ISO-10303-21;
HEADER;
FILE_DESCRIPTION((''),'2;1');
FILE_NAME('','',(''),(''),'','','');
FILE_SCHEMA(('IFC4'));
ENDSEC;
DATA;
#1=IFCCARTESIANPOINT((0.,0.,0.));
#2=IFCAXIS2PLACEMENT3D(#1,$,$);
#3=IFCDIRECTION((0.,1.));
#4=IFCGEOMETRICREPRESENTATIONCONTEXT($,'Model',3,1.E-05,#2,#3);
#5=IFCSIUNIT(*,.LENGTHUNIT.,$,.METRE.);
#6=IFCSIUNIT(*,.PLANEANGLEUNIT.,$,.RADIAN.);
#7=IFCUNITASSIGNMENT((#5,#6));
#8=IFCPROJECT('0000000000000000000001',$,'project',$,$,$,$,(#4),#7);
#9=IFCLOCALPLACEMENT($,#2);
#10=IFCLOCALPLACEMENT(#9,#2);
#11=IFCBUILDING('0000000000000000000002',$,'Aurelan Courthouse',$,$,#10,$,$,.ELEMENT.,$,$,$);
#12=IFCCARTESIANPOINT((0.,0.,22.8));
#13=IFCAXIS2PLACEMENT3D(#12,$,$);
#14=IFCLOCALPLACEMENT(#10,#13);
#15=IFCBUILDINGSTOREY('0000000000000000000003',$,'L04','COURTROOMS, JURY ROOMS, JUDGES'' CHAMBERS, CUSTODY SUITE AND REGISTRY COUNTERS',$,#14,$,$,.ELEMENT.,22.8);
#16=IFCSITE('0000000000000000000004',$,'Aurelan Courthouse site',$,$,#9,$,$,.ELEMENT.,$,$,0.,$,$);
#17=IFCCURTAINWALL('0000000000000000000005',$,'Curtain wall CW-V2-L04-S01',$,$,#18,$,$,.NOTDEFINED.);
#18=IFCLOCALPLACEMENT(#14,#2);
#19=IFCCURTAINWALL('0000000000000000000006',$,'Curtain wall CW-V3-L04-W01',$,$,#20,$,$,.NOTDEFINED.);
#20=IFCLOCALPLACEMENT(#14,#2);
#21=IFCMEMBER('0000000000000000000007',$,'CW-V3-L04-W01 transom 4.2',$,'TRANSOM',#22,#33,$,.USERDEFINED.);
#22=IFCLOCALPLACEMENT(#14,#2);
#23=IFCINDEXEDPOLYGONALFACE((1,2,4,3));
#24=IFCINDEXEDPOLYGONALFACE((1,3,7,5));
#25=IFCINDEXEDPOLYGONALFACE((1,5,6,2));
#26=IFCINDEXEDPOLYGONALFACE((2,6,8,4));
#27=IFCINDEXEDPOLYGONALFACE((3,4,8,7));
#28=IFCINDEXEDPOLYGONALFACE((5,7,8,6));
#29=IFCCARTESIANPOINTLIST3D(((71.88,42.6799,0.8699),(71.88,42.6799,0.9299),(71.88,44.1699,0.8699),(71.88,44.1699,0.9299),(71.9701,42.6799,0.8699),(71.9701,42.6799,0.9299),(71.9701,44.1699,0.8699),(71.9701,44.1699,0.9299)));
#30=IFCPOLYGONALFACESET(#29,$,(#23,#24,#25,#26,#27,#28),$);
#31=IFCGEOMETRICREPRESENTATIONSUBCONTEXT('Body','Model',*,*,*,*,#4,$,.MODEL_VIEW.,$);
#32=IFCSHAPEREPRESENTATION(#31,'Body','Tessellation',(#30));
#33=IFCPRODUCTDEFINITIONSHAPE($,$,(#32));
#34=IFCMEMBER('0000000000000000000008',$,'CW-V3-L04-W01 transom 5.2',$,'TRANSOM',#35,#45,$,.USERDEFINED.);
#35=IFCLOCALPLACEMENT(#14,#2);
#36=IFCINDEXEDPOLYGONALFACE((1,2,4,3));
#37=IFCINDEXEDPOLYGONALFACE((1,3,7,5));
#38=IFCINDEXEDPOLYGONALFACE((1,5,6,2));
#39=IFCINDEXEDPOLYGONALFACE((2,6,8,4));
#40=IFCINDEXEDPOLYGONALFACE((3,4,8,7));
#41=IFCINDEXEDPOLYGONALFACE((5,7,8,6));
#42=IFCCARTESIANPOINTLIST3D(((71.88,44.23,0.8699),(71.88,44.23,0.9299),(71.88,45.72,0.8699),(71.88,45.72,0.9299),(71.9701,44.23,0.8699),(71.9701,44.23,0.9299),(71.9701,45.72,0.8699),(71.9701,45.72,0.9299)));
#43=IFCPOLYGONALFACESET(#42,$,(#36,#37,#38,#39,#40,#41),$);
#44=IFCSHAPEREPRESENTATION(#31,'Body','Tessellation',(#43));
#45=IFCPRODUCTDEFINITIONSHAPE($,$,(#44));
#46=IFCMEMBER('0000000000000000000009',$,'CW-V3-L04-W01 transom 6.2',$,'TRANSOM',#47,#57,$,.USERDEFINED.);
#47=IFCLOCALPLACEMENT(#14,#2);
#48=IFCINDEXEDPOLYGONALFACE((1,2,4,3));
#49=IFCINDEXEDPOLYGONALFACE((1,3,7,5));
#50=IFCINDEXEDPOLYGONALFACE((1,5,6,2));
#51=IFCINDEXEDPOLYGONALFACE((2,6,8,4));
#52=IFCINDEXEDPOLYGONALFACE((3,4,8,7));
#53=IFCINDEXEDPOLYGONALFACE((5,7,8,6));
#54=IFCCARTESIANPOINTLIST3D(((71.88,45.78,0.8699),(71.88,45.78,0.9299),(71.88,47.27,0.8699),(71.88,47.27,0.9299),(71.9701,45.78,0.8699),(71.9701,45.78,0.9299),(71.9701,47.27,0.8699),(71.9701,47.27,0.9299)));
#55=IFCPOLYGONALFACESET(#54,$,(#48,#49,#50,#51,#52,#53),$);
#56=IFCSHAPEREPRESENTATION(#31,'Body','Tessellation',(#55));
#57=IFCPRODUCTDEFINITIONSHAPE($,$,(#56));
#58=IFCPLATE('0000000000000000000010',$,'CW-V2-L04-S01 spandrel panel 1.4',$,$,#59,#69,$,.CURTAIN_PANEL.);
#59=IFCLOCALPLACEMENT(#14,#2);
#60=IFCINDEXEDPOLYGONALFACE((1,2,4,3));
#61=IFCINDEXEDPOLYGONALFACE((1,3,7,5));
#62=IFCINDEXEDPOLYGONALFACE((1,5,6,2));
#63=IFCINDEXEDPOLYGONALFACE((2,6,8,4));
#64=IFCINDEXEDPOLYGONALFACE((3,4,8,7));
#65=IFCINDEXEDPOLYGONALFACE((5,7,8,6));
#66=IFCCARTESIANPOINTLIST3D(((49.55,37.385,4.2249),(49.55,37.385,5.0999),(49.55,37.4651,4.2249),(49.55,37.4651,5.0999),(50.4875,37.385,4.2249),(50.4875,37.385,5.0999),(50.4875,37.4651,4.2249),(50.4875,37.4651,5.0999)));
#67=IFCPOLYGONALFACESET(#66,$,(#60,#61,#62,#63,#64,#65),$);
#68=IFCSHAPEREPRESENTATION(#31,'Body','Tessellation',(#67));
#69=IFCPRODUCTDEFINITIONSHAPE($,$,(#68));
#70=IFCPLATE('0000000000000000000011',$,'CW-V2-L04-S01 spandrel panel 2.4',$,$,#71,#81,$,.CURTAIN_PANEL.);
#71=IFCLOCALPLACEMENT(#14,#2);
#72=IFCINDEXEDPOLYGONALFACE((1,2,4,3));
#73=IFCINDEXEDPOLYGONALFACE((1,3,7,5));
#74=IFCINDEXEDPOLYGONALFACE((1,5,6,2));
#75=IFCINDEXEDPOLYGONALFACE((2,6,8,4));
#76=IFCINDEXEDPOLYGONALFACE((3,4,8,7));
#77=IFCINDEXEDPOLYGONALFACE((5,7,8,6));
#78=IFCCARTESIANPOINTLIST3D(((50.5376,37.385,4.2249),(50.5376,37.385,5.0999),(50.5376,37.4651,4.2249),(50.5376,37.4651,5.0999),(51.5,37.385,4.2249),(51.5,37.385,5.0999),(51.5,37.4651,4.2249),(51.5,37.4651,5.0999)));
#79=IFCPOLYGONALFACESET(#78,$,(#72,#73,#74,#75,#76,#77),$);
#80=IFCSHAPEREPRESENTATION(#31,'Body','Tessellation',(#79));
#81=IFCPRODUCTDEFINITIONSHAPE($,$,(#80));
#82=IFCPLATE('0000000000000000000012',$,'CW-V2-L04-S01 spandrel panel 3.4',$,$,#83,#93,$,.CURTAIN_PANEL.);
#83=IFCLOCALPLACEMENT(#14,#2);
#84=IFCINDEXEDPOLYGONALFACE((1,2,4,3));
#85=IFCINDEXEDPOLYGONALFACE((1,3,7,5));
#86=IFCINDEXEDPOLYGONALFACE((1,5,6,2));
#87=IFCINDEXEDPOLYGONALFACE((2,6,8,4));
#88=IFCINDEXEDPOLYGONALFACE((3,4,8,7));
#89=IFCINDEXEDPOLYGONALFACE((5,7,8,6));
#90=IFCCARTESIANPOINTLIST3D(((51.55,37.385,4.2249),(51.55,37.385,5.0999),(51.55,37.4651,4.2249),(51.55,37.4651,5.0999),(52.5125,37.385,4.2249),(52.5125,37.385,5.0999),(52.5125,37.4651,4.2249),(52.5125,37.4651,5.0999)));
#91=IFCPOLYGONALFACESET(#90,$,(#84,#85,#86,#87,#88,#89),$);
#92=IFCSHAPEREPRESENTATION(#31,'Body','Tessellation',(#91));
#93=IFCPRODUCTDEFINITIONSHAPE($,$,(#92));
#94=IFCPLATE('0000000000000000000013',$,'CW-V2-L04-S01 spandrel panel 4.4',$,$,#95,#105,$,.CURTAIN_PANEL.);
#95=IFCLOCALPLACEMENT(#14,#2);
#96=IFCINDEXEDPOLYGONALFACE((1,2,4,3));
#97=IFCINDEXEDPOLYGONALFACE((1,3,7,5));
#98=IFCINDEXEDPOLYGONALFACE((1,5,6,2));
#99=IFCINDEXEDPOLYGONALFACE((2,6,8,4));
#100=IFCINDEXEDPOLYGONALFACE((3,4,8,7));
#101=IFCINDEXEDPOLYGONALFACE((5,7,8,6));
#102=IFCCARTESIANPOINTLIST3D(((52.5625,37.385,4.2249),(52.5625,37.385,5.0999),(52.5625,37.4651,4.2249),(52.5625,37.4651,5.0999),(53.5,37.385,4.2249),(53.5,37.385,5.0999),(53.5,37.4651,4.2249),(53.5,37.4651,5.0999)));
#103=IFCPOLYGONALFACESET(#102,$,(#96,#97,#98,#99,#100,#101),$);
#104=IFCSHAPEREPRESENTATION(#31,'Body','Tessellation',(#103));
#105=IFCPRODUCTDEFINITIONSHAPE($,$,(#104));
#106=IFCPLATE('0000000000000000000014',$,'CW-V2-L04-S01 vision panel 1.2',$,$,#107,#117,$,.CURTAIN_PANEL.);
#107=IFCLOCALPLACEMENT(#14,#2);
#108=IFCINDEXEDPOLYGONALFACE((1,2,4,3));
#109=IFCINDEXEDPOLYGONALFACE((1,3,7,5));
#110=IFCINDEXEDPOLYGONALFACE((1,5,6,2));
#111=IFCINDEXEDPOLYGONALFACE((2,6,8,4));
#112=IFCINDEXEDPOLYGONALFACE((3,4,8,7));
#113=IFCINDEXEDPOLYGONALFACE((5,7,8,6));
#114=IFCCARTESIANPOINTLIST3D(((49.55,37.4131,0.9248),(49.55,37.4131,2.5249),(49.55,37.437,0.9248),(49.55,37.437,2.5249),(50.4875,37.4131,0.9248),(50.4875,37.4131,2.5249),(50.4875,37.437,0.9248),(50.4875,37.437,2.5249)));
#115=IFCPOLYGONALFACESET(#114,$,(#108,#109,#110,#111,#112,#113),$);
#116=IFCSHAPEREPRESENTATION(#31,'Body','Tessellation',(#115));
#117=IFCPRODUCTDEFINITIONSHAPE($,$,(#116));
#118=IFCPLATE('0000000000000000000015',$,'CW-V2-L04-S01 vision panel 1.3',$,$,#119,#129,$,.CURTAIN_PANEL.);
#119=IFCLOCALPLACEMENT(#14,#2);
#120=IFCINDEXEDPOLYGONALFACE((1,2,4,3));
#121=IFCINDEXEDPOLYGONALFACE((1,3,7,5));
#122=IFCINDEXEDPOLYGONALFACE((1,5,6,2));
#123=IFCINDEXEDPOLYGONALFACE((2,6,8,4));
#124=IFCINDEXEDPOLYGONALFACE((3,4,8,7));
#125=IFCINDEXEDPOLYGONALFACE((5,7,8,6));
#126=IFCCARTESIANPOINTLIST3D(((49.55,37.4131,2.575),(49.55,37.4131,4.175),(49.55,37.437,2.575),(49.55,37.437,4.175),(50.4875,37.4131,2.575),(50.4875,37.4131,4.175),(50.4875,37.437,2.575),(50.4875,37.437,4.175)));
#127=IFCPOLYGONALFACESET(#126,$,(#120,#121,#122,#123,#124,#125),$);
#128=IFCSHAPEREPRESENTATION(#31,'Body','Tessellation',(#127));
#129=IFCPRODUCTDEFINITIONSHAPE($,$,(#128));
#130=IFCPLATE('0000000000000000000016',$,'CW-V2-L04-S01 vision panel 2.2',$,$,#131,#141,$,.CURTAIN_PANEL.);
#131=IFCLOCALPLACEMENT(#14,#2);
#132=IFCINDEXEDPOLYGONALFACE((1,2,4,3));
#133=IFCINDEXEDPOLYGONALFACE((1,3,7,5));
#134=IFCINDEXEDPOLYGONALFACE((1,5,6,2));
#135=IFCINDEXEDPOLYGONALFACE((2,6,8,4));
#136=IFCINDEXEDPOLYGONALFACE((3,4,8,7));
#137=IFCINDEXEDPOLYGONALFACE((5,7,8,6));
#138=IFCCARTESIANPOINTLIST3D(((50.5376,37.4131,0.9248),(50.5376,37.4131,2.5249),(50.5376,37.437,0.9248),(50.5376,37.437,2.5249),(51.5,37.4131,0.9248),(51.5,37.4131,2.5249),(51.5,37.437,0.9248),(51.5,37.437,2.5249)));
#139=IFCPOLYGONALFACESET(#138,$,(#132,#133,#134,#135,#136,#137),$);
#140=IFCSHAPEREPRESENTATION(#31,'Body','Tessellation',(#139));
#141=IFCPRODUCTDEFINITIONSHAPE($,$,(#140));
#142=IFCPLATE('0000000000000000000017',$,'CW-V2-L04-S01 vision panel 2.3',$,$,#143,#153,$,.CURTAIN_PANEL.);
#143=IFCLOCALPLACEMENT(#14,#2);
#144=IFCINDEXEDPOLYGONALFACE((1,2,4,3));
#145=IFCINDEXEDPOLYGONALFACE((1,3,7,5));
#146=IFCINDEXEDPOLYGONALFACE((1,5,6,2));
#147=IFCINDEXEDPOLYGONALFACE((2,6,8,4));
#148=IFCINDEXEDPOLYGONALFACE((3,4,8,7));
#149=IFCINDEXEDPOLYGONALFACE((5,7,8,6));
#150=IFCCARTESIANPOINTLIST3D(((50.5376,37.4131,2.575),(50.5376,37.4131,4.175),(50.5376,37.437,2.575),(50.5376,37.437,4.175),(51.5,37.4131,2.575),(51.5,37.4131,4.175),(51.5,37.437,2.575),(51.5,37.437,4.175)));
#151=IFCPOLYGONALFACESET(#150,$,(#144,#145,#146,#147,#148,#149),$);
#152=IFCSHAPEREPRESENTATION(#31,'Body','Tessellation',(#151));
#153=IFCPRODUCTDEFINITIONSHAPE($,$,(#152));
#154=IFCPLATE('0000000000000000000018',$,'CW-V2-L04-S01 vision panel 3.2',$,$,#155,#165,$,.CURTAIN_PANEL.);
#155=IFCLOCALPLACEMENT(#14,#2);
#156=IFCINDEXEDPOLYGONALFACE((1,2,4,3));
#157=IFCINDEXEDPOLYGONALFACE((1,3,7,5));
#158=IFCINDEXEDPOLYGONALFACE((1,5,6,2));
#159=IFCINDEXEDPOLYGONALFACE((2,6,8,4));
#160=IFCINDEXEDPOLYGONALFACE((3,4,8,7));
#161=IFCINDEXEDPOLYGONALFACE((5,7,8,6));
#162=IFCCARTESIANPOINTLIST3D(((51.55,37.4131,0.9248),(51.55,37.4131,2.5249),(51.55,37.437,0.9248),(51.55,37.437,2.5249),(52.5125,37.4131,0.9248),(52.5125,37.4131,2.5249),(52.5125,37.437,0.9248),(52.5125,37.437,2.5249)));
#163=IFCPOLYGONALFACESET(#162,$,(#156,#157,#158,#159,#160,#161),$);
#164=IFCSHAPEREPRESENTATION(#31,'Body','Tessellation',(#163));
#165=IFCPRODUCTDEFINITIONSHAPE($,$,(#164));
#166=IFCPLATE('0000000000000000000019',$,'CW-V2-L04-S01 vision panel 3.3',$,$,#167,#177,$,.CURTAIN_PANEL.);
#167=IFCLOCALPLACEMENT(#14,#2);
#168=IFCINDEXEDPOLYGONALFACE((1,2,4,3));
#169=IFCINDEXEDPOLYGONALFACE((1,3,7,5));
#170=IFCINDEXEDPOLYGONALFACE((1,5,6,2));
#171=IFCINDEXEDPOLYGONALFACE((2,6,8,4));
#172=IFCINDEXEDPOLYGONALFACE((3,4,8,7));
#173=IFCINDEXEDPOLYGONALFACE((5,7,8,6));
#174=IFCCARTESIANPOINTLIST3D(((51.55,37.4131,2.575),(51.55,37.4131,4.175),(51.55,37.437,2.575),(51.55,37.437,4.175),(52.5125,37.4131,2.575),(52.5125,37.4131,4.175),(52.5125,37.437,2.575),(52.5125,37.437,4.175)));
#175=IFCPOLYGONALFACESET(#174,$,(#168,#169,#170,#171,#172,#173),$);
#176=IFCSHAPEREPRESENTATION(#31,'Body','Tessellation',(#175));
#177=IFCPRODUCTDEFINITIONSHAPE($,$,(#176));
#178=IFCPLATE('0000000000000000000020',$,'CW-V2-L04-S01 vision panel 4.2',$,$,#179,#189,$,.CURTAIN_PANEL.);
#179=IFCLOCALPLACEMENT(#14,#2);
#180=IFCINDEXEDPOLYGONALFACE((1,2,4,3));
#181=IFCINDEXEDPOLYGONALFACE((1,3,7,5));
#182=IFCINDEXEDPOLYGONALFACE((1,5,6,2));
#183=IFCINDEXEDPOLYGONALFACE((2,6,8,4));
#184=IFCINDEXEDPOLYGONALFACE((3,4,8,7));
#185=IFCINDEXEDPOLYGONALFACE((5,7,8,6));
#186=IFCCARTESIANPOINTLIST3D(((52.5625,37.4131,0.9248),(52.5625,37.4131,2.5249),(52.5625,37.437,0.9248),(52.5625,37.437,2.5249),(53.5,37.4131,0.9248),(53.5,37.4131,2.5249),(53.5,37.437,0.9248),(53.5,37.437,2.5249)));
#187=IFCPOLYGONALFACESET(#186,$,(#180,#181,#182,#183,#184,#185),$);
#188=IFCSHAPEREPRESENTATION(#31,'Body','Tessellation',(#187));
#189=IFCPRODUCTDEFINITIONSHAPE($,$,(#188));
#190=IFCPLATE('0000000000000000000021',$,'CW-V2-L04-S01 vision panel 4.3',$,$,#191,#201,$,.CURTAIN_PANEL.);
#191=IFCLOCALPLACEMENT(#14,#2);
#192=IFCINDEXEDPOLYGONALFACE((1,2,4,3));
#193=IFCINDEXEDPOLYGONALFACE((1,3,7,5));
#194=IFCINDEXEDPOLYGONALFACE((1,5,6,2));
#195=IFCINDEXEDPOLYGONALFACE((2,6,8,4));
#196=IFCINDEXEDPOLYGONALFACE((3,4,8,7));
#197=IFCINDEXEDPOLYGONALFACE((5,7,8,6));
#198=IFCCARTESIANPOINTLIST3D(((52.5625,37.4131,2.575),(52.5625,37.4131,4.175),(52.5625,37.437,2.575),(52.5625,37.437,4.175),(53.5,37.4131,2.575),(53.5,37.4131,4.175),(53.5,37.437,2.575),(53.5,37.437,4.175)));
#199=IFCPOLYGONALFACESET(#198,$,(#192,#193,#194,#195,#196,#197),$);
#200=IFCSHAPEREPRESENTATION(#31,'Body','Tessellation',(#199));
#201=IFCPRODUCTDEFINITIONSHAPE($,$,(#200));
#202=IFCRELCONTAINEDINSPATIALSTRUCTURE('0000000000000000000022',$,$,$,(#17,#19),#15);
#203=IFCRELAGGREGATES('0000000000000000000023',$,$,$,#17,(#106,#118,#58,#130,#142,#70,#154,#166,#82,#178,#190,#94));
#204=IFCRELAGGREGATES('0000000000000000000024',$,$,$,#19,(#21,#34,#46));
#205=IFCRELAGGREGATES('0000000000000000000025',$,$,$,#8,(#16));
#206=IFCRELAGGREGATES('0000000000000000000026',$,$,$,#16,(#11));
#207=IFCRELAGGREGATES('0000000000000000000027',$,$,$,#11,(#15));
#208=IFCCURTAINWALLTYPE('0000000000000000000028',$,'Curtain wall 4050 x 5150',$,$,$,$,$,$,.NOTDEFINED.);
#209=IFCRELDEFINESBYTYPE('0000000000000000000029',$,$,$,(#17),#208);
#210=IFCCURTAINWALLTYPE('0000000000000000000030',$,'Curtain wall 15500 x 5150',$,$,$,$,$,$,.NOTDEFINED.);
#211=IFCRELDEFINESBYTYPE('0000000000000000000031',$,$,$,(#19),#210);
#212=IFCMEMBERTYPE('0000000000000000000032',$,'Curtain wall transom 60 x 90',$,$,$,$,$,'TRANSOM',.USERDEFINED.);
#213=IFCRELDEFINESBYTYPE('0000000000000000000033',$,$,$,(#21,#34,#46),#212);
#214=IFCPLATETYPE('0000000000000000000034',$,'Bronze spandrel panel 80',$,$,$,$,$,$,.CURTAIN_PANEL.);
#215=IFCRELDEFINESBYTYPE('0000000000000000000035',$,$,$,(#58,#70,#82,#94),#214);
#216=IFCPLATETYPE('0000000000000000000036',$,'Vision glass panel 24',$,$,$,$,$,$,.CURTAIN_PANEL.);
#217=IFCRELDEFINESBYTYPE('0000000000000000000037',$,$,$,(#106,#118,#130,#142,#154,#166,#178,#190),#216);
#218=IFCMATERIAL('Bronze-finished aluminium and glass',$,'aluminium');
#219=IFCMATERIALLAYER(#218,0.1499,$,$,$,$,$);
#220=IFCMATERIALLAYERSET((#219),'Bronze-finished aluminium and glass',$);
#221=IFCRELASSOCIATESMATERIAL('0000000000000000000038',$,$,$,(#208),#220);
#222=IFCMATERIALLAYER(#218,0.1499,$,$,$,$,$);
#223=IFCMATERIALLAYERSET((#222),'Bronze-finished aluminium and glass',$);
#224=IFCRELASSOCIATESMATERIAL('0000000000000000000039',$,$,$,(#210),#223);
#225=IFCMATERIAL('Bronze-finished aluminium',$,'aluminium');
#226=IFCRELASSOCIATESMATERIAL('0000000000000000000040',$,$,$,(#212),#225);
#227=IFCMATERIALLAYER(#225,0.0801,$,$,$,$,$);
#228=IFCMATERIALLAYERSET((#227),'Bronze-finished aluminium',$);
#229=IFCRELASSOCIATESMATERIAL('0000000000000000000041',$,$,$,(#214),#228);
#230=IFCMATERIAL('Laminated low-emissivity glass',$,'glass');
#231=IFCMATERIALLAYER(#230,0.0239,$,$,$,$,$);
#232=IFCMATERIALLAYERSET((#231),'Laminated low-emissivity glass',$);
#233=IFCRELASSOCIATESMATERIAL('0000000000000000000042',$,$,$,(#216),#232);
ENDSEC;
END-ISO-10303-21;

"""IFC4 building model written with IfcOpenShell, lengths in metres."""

from ifc_helpers import new_model, si_unit, direction, frame, origin, origin_2d, place, context, subcontext, project, spatial, rectangle, extrude, material, layer, layer_set, material_profile, profile_set, type_object, element, aggregate, save


model = new_model("IFC4")

# Units and contexts
model_context = context("Model", 3, precision=1e-05, world=origin(), true_north=direction((0.0, 1.0)))
body_context = subcontext(model_context, "Body", "Model", "MODEL_VIEW")
ifc_project = project(units=[si_unit("LENGTHUNIT", "METRE"), si_unit("PLANEANGLEUNIT", "RADIAN")], contexts=[model_context])

# Site, building, storey
site_placement = place(None, origin())
site = spatial("IfcSite", under=ifc_project, at=site_placement, Name="Aurelan Courthouse site", CompositionType="ELEMENT", RefElevation=0.0)
building_placement = place(site_placement, origin())
building = spatial("IfcBuilding", under=site, at=building_placement, Name="Aurelan Courthouse", CompositionType="ELEMENT")
storey_placement = place(building_placement, frame((0.0, 0.0, 22.8)))
storey = spatial("IfcBuildingStorey", under=building, at=storey_placement, Name="L04", Description="COURTROOMS, JURY ROOMS, JUDGES' CHAMBERS, CUSTODY SUITE AND REGISTRY COUNTERS", CompositionType="ELEMENT", Elevation=22.8)

# Curtain walls, members
ifc_material_1 = material(Name="Bronze-finished aluminium and glass", Category="aluminium")
ifc_layer_1 = layer(ifc_material_1, 0.1499)
ifc_layer_set_1 = layer_set([ifc_layer_1], Name="Bronze-finished aluminium and glass")
curtain_wall_type_1 = type_object("IfcCurtainWallType", Name="Curtain wall 4050 x 5150", PredefinedType="NOTDEFINED", material=ifc_layer_set_1)
curtain_wall_1_placement = place(storey_placement, origin())
curtain_wall_1 = element("IfcCurtainWall", 1, at=curtain_wall_1_placement, inside=storey, type_object=curtain_wall_type_1, Name="Curtain wall CW-V2-L04-S01", PredefinedType="NOTDEFINED")
ifc_material_2 = material(Name="Bronze-finished aluminium", Category="aluminium")
ifc_layer_2 = layer(ifc_material_1, 0.1499)
ifc_layer_set_2 = layer_set([ifc_layer_2], Name="Bronze-finished aluminium and glass")
curtain_wall_type_2 = type_object("IfcCurtainWallType", Name="Curtain wall 15500 x 5150", PredefinedType="NOTDEFINED", material=ifc_layer_set_2)
curtain_wall_2_placement = place(storey_placement, origin())
curtain_wall_2 = element("IfcCurtainWall", 2, at=curtain_wall_2_placement, inside=storey, type_object=curtain_wall_type_2, Name="Curtain wall CW-V3-L04-W01", PredefinedType="NOTDEFINED")
ifc_material_profile_1 = material_profile(ifc_material_2, rectangle(XDim=0.0901, YDim=0.0601, at=origin_2d()), Name="Bronze transom 60 x 90")
ifc_profile_set_1 = profile_set([ifc_material_profile_1], Name="Bronze-finished aluminium")
member_type_1 = type_object("IfcMemberType", Name="Curtain wall transom 60 x 90", ElementType="TRANSOM", PredefinedType="USERDEFINED", material=ifc_profile_set_1)
member_1_placement = place(storey_placement, frame((71.925, 42.6799, 0.8999), z_axis=(0.0, 1.0, 0.0), x_axis=(-1.0, 0.0, 0.0)))
member_1 = element("IfcMember", 3, at=member_1_placement, type_object=member_type_1, Name="CW-V3-L04-W01 transom 4.2", ObjectType="TRANSOM", PredefinedType="USERDEFINED", context=body_context, shape_type="SweptSolid", body=[
    extrude(rectangle(XDim=0.0901, YDim=0.0601, at=origin_2d()), origin(), (0.0, 0.0, 1.0), 1.49),
])
member_2_placement = place(storey_placement, frame((71.925, 44.23, 0.8999), z_axis=(0.0, 1.0, 0.0), x_axis=(-1.0, 0.0, 0.0)))
member_2 = element("IfcMember", 4, at=member_2_placement, type_object=member_type_1, Name="CW-V3-L04-W01 transom 5.2", ObjectType="TRANSOM", PredefinedType="USERDEFINED", context=body_context, shape_type="SweptSolid", body=[
    extrude(rectangle(XDim=0.0901, YDim=0.0601, at=origin_2d()), origin(), (0.0, 0.0, 1.0), 1.49),
])
member_3_placement = place(storey_placement, frame((71.925, 45.78, 0.8999), z_axis=(0.0, 1.0, 0.0), x_axis=(-1.0, 0.0, 0.0)))
member_3 = element("IfcMember", 5, at=member_3_placement, type_object=member_type_1, Name="CW-V3-L04-W01 transom 6.2", ObjectType="TRANSOM", PredefinedType="USERDEFINED", context=body_context, shape_type="SweptSolid", body=[
    extrude(rectangle(XDim=0.0901, YDim=0.0601, at=origin_2d()), origin(), (0.0, 0.0, 1.0), 1.49),
])

# Plates
ifc_layer_3 = layer(ifc_material_2, 0.0801)
ifc_layer_set_3 = layer_set([ifc_layer_3], Name="Bronze-finished aluminium")
plate_type_1 = type_object("IfcPlateType", Name="Bronze spandrel panel 80", PredefinedType="CURTAIN_PANEL", material=ifc_layer_set_3)
plate_1_placement = place(storey_placement, frame((50.0188, 37.425, 4.2249), z_axis=(0.0, 0.0, 1.0), x_axis=(1.0, 0.0, 0.0)))
plate_1 = element("IfcPlate", 6, at=plate_1_placement, type_object=plate_type_1, Name="CW-V2-L04-S01 spandrel panel 1.4", PredefinedType="CURTAIN_PANEL", context=body_context, shape_type="SweptSolid", body=[
    extrude(rectangle(XDim=0.9375, YDim=0.0801, at=origin_2d()), origin(), (0.0, 0.0, 1.0), 0.875),
])
plate_2_placement = place(storey_placement, frame((51.0188, 37.425, 4.2249), z_axis=(0.0, 0.0, 1.0), x_axis=(1.0, 0.0, 0.0)))
plate_2 = element("IfcPlate", 7, at=plate_2_placement, type_object=plate_type_1, Name="CW-V2-L04-S01 spandrel panel 2.4", PredefinedType="CURTAIN_PANEL", context=body_context, shape_type="SweptSolid", body=[
    extrude(rectangle(XDim=0.9624, YDim=0.0801, at=origin_2d()), origin(), (0.0, 0.0, 1.0), 0.875),
])
plate_3_placement = place(storey_placement, frame((52.0312, 37.425, 4.2249), z_axis=(0.0, 0.0, 1.0), x_axis=(1.0, 0.0, 0.0)))
plate_3 = element("IfcPlate", 8, at=plate_3_placement, type_object=plate_type_1, Name="CW-V2-L04-S01 spandrel panel 3.4", PredefinedType="CURTAIN_PANEL", context=body_context, shape_type="SweptSolid", body=[
    extrude(rectangle(XDim=0.9624, YDim=0.0801, at=origin_2d()), origin(), (0.0, 0.0, 1.0), 0.875),
])
plate_4_placement = place(storey_placement, frame((53.0312, 37.425, 4.2249), z_axis=(0.0, 0.0, 1.0), x_axis=(1.0, 0.0, 0.0)))
plate_4 = element("IfcPlate", 9, at=plate_4_placement, type_object=plate_type_1, Name="CW-V2-L04-S01 spandrel panel 4.4", PredefinedType="CURTAIN_PANEL", context=body_context, shape_type="SweptSolid", body=[
    extrude(rectangle(XDim=0.9375, YDim=0.0801, at=origin_2d()), origin(), (0.0, 0.0, 1.0), 0.875),
])
ifc_material_3 = material(Name="Laminated low-emissivity glass", Category="glass")
ifc_layer_4 = layer(ifc_material_3, 0.0239)
ifc_layer_set_4 = layer_set([ifc_layer_4], Name="Laminated low-emissivity glass")
plate_type_2 = type_object("IfcPlateType", Name="Vision glass panel 24", PredefinedType="CURTAIN_PANEL", material=ifc_layer_set_4)
plate_5_placement = place(storey_placement, frame((50.0188, 37.425, 0.9248), z_axis=(0.0, 0.0, 1.0), x_axis=(1.0, 0.0, 0.0)))
plate_5 = element("IfcPlate", 10, at=plate_5_placement, type_object=plate_type_2, Name="CW-V2-L04-S01 vision panel 1.2", PredefinedType="CURTAIN_PANEL", context=body_context, shape_type="SweptSolid", body=[
    extrude(rectangle(XDim=0.9375, YDim=0.0239, at=origin_2d()), origin(), (0.0, 0.0, 1.0), 1.6001),
])
plate_6_placement = place(storey_placement, frame((50.0188, 37.425, 2.575), z_axis=(0.0, 0.0, 1.0), x_axis=(1.0, 0.0, 0.0)))
plate_6 = element("IfcPlate", 11, at=plate_6_placement, type_object=plate_type_2, Name="CW-V2-L04-S01 vision panel 1.3", PredefinedType="CURTAIN_PANEL", context=body_context, shape_type="SweptSolid", body=[
    extrude(rectangle(XDim=0.9375, YDim=0.0239, at=origin_2d()), origin(), (0.0, 0.0, 1.0), 1.6001),
])
plate_7_placement = place(storey_placement, frame((51.0188, 37.425, 0.9248), z_axis=(0.0, 0.0, 1.0), x_axis=(1.0, 0.0, 0.0)))
plate_7 = element("IfcPlate", 12, at=plate_7_placement, type_object=plate_type_2, Name="CW-V2-L04-S01 vision panel 2.2", PredefinedType="CURTAIN_PANEL", context=body_context, shape_type="SweptSolid", body=[
    extrude(rectangle(XDim=0.9624, YDim=0.0239, at=origin_2d()), origin(), (0.0, 0.0, 1.0), 1.6001),
])
plate_8_placement = place(storey_placement, frame((51.0188, 37.425, 2.575), z_axis=(0.0, 0.0, 1.0), x_axis=(1.0, 0.0, 0.0)))
plate_8 = element("IfcPlate", 13, at=plate_8_placement, type_object=plate_type_2, Name="CW-V2-L04-S01 vision panel 2.3", PredefinedType="CURTAIN_PANEL", context=body_context, shape_type="SweptSolid", body=[
    extrude(rectangle(XDim=0.9624, YDim=0.0239, at=origin_2d()), origin(), (0.0, 0.0, 1.0), 1.6001),
])
plate_9_placement = place(storey_placement, frame((52.0312, 37.425, 0.9248), z_axis=(0.0, 0.0, 1.0), x_axis=(1.0, 0.0, 0.0)))
plate_9 = element("IfcPlate", 14, at=plate_9_placement, type_object=plate_type_2, Name="CW-V2-L04-S01 vision panel 3.2", PredefinedType="CURTAIN_PANEL", context=body_context, shape_type="SweptSolid", body=[
    extrude(rectangle(XDim=0.9624, YDim=0.0239, at=origin_2d()), origin(), (0.0, 0.0, 1.0), 1.6001),
])
plate_10_placement = place(storey_placement, frame((52.0312, 37.425, 2.575), z_axis=(0.0, 0.0, 1.0), x_axis=(1.0, 0.0, 0.0)))
plate_10 = element("IfcPlate", 15, at=plate_10_placement, type_object=plate_type_2, Name="CW-V2-L04-S01 vision panel 3.3", PredefinedType="CURTAIN_PANEL", context=body_context, shape_type="SweptSolid", body=[
    extrude(rectangle(XDim=0.9624, YDim=0.0239, at=origin_2d()), origin(), (0.0, 0.0, 1.0), 1.6001),
])
plate_11_placement = place(storey_placement, frame((53.0312, 37.425, 0.9248), z_axis=(0.0, 0.0, 1.0), x_axis=(1.0, 0.0, 0.0)))
plate_11 = element("IfcPlate", 16, at=plate_11_placement, type_object=plate_type_2, Name="CW-V2-L04-S01 vision panel 4.2", PredefinedType="CURTAIN_PANEL", context=body_context, shape_type="SweptSolid", body=[
    extrude(rectangle(XDim=0.9375, YDim=0.0239, at=origin_2d()), origin(), (0.0, 0.0, 1.0), 1.6001),
])
plate_12_placement = place(storey_placement, frame((53.0312, 37.425, 2.575), z_axis=(0.0, 0.0, 1.0), x_axis=(1.0, 0.0, 0.0)))
plate_12 = element("IfcPlate", 17, at=plate_12_placement, type_object=plate_type_2, Name="CW-V2-L04-S01 vision panel 4.3", PredefinedType="CURTAIN_PANEL", context=body_context, shape_type="SweptSolid", body=[
    extrude(rectangle(XDim=0.9375, YDim=0.0239, at=origin_2d()), origin(), (0.0, 0.0, 1.0), 1.6001),
])
aggregate(curtain_wall_1, [plate_5, plate_6, plate_1, plate_7, plate_8, plate_2, plate_9, plate_10, plate_3, plate_11, plate_12, plate_4])
aggregate(curtain_wall_2, [member_1, member_2, member_3])

save(model, "model.ifc")
